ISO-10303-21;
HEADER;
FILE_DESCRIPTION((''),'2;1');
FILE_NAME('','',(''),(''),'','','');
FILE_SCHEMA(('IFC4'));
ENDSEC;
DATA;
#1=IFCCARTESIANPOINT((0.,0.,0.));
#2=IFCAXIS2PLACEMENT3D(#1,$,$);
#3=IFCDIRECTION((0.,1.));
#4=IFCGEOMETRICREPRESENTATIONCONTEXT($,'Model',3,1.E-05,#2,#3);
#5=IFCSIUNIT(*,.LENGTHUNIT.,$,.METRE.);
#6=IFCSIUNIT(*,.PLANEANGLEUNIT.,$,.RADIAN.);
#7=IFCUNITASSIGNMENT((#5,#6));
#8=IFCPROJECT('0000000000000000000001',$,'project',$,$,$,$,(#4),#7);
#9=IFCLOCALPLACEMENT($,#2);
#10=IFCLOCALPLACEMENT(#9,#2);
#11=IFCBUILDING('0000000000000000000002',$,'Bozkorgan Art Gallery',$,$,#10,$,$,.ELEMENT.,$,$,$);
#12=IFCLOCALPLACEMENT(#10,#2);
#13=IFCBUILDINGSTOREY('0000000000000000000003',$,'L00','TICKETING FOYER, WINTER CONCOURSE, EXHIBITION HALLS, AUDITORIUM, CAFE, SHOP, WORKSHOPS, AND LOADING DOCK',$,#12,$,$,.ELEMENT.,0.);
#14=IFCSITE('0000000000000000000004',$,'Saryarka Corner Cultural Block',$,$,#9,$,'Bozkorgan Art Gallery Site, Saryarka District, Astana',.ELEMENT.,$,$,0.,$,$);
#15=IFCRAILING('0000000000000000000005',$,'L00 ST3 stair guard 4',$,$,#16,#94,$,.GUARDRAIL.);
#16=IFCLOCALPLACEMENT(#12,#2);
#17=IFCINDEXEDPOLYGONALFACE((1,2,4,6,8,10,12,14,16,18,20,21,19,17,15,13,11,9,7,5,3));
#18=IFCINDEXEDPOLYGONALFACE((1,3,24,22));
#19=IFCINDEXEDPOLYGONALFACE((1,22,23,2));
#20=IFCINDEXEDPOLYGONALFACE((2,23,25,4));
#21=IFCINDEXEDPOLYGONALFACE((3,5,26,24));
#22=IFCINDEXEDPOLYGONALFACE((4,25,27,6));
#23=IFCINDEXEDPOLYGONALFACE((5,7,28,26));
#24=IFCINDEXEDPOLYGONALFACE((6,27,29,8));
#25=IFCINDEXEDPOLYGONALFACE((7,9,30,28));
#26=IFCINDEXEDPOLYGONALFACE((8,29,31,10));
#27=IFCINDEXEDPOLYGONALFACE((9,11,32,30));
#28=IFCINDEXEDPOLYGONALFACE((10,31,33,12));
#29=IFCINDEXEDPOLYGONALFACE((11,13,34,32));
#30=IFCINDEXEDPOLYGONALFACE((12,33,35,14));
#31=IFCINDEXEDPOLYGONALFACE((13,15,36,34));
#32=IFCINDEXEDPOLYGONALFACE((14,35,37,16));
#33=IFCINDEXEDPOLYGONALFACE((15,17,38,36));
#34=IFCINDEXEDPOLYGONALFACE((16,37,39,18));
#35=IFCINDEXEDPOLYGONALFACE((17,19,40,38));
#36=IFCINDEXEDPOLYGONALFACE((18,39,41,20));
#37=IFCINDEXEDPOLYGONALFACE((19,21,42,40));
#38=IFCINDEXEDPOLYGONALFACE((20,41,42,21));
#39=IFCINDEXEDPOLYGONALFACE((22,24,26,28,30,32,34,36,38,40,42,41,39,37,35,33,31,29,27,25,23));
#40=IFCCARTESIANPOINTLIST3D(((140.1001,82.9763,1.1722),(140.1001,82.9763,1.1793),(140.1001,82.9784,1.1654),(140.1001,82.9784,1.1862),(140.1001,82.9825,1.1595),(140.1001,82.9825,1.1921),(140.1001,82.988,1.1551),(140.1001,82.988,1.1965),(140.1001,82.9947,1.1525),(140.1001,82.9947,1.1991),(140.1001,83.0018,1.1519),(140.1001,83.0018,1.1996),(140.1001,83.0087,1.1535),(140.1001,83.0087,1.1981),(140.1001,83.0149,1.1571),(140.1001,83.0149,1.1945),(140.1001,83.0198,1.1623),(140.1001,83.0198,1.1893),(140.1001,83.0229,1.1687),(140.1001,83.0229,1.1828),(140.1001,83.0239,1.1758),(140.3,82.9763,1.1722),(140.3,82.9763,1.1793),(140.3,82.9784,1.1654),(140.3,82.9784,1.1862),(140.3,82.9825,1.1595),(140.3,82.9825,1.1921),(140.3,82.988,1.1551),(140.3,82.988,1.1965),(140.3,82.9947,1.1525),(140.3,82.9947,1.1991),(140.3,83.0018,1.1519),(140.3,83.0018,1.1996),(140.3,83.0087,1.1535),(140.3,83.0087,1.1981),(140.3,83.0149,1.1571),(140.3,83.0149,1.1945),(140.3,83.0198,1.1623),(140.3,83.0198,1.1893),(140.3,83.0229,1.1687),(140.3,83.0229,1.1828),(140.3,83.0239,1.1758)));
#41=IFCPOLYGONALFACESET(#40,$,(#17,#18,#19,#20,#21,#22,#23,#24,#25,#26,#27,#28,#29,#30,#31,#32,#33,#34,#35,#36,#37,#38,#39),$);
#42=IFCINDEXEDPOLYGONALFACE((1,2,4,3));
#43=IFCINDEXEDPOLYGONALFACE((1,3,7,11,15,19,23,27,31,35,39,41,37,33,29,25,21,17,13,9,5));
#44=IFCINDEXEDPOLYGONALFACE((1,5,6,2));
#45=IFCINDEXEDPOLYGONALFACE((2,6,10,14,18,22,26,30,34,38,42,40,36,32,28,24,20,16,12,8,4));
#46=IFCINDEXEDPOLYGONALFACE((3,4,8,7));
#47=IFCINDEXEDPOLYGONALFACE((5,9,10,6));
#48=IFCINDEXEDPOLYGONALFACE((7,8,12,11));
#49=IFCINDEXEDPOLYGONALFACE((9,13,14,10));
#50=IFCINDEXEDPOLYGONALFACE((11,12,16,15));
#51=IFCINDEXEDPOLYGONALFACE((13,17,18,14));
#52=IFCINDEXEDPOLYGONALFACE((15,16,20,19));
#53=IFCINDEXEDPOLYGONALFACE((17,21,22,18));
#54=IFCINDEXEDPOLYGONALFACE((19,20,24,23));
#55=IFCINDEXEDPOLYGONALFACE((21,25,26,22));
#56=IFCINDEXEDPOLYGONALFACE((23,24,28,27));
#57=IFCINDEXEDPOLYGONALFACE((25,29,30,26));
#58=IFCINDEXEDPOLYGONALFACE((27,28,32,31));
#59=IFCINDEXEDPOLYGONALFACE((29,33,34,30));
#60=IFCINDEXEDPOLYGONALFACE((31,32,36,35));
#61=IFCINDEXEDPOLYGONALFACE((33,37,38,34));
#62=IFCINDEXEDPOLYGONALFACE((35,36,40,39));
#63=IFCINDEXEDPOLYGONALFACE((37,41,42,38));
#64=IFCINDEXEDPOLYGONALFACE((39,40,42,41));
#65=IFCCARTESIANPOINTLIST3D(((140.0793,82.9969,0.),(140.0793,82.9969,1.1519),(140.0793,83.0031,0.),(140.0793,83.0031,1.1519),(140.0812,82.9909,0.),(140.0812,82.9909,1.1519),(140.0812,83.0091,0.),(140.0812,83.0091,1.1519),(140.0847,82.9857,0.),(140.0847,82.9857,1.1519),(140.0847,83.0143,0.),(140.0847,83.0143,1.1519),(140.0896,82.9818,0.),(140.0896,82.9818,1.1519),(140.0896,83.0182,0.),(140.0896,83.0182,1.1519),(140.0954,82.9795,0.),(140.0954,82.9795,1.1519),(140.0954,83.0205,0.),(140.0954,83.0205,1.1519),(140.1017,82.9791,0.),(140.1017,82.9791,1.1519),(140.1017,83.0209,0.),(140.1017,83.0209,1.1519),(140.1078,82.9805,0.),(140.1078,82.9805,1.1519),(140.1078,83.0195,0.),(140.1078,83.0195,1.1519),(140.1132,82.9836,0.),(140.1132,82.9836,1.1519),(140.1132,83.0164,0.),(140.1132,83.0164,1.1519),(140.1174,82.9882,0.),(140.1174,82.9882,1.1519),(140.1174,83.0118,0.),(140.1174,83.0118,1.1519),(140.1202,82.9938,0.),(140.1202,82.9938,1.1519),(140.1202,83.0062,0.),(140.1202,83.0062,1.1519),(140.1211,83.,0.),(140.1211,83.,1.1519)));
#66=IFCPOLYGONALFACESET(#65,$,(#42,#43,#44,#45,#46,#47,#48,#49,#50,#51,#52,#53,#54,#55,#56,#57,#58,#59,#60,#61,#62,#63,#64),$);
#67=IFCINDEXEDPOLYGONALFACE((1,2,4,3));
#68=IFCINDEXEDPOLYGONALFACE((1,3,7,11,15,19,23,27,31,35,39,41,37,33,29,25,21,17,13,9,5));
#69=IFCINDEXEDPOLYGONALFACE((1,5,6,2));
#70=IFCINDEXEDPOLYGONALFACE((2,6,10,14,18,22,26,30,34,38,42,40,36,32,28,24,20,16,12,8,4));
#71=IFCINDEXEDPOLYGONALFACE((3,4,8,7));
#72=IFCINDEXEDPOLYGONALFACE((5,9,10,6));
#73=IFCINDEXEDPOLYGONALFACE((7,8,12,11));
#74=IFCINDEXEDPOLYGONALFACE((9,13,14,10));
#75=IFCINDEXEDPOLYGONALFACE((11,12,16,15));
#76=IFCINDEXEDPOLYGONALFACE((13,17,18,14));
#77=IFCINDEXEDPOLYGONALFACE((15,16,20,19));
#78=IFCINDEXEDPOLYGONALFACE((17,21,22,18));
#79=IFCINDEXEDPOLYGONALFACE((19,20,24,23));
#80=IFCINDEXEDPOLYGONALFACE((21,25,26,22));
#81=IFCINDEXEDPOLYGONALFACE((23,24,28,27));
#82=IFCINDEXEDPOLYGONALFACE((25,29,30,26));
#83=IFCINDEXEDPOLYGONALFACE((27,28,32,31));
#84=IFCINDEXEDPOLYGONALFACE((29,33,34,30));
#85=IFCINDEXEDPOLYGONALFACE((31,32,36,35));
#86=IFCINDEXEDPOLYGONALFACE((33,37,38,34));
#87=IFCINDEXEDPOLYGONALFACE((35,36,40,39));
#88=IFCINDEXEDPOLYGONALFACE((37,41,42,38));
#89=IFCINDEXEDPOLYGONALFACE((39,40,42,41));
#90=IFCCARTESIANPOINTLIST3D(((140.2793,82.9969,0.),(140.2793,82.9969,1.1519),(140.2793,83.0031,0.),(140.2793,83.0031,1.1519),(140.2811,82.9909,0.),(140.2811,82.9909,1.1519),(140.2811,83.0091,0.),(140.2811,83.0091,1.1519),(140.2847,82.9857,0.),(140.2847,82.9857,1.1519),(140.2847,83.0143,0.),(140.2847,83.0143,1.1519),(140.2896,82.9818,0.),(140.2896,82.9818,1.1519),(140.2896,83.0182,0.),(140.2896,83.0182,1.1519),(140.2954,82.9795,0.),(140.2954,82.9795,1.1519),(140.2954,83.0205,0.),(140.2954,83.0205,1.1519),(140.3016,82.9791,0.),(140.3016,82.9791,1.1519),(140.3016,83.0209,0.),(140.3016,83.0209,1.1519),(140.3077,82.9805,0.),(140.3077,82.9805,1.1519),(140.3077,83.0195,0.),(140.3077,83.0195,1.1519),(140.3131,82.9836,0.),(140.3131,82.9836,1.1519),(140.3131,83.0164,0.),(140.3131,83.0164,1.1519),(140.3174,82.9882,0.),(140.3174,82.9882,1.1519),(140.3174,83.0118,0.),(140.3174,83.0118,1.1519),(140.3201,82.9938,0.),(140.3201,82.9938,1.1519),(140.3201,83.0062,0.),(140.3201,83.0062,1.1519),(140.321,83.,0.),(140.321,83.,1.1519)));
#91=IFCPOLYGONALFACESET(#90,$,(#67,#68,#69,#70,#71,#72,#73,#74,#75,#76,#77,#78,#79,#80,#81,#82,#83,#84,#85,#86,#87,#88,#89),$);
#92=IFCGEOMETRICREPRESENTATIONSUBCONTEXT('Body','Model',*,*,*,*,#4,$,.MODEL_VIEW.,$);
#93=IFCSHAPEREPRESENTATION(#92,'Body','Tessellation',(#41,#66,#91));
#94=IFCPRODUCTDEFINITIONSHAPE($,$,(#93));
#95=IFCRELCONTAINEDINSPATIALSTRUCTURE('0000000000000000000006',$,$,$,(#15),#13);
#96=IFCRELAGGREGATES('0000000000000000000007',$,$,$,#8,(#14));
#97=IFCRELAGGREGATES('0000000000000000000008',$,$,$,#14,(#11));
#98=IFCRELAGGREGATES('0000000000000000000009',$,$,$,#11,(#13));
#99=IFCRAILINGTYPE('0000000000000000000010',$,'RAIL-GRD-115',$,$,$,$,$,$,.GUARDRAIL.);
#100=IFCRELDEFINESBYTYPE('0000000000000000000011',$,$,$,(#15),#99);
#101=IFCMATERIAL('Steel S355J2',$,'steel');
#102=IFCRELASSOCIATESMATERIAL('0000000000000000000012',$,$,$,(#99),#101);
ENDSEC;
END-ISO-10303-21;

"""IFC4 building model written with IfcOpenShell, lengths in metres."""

from ifc_helpers import new_model, si_unit, direction, frame, origin, origin_2d, place, context, subcontext, project, spatial, circle, extrude, material, type_object, element, save


model = new_model("IFC4")

# Units and contexts
model_context = context("Model", 3, precision=1e-05, world=origin(), true_north=direction((0.0, 1.0)))
body_context = subcontext(model_context, "Body", "Model", "MODEL_VIEW")
ifc_project = project(units=[si_unit("LENGTHUNIT", "METRE"), si_unit("PLANEANGLEUNIT", "RADIAN")], contexts=[model_context])

# Site, building, storey
site_placement = place(None, origin())
site = spatial("IfcSite", under=ifc_project, at=site_placement, Name="Saryarka Corner Cultural Block", LongName="Bozkorgan Art Gallery Site, Saryarka District, Astana", CompositionType="ELEMENT", RefElevation=0.0)
building_placement = place(site_placement, origin())
building = spatial("IfcBuilding", under=site, at=building_placement, Name="Bozkorgan Art Gallery", CompositionType="ELEMENT")
storey_placement = place(building_placement, origin())
storey = spatial("IfcBuildingStorey", under=building, at=storey_placement, Name="L00", Description="TICKETING FOYER, WINTER CONCOURSE, EXHIBITION HALLS, AUDITORIUM, CAFE, SHOP, WORKSHOPS, AND LOADING DOCK", CompositionType="ELEMENT", Elevation=0.0)

# Shared definitions
ifc_material_1 = material(Name="Steel S355J2", Category="steel")

# Railing
railing_type = type_object("IfcRailingType", Name="RAIL-GRD-115", PredefinedType="GUARDRAIL", material=ifc_material_1)
railing_1_placement = place(storey_placement, frame((140.1001, 83.0, 0.0)))
element("IfcRailing", 1, at=railing_1_placement, inside=storey, type_object=railing_type, Name="L00 ST3 stair guard 4", PredefinedType="GUARDRAIL", context=body_context, shape_type="SweptSolid", body=[
    extrude(circle(Radius=0.0239, at=origin_2d()), frame((0.0, 0.0, 1.1758), z_axis=(1.0, 0.0, 0.0), x_axis=(0.0, 1.0, 0.0)), (0.0, 0.0, 1.0), 0.2),
    extrude(circle(Radius=0.021, at=origin_2d()), origin(), (0.0, 0.0, 1.0), 1.1519),
    extrude(circle(Radius=0.021, at=origin_2d()), frame((0.2, 0.0, 0.0)), (0.0, 0.0, 1.0), 1.1519),
])

save(model, "model.ifc")
